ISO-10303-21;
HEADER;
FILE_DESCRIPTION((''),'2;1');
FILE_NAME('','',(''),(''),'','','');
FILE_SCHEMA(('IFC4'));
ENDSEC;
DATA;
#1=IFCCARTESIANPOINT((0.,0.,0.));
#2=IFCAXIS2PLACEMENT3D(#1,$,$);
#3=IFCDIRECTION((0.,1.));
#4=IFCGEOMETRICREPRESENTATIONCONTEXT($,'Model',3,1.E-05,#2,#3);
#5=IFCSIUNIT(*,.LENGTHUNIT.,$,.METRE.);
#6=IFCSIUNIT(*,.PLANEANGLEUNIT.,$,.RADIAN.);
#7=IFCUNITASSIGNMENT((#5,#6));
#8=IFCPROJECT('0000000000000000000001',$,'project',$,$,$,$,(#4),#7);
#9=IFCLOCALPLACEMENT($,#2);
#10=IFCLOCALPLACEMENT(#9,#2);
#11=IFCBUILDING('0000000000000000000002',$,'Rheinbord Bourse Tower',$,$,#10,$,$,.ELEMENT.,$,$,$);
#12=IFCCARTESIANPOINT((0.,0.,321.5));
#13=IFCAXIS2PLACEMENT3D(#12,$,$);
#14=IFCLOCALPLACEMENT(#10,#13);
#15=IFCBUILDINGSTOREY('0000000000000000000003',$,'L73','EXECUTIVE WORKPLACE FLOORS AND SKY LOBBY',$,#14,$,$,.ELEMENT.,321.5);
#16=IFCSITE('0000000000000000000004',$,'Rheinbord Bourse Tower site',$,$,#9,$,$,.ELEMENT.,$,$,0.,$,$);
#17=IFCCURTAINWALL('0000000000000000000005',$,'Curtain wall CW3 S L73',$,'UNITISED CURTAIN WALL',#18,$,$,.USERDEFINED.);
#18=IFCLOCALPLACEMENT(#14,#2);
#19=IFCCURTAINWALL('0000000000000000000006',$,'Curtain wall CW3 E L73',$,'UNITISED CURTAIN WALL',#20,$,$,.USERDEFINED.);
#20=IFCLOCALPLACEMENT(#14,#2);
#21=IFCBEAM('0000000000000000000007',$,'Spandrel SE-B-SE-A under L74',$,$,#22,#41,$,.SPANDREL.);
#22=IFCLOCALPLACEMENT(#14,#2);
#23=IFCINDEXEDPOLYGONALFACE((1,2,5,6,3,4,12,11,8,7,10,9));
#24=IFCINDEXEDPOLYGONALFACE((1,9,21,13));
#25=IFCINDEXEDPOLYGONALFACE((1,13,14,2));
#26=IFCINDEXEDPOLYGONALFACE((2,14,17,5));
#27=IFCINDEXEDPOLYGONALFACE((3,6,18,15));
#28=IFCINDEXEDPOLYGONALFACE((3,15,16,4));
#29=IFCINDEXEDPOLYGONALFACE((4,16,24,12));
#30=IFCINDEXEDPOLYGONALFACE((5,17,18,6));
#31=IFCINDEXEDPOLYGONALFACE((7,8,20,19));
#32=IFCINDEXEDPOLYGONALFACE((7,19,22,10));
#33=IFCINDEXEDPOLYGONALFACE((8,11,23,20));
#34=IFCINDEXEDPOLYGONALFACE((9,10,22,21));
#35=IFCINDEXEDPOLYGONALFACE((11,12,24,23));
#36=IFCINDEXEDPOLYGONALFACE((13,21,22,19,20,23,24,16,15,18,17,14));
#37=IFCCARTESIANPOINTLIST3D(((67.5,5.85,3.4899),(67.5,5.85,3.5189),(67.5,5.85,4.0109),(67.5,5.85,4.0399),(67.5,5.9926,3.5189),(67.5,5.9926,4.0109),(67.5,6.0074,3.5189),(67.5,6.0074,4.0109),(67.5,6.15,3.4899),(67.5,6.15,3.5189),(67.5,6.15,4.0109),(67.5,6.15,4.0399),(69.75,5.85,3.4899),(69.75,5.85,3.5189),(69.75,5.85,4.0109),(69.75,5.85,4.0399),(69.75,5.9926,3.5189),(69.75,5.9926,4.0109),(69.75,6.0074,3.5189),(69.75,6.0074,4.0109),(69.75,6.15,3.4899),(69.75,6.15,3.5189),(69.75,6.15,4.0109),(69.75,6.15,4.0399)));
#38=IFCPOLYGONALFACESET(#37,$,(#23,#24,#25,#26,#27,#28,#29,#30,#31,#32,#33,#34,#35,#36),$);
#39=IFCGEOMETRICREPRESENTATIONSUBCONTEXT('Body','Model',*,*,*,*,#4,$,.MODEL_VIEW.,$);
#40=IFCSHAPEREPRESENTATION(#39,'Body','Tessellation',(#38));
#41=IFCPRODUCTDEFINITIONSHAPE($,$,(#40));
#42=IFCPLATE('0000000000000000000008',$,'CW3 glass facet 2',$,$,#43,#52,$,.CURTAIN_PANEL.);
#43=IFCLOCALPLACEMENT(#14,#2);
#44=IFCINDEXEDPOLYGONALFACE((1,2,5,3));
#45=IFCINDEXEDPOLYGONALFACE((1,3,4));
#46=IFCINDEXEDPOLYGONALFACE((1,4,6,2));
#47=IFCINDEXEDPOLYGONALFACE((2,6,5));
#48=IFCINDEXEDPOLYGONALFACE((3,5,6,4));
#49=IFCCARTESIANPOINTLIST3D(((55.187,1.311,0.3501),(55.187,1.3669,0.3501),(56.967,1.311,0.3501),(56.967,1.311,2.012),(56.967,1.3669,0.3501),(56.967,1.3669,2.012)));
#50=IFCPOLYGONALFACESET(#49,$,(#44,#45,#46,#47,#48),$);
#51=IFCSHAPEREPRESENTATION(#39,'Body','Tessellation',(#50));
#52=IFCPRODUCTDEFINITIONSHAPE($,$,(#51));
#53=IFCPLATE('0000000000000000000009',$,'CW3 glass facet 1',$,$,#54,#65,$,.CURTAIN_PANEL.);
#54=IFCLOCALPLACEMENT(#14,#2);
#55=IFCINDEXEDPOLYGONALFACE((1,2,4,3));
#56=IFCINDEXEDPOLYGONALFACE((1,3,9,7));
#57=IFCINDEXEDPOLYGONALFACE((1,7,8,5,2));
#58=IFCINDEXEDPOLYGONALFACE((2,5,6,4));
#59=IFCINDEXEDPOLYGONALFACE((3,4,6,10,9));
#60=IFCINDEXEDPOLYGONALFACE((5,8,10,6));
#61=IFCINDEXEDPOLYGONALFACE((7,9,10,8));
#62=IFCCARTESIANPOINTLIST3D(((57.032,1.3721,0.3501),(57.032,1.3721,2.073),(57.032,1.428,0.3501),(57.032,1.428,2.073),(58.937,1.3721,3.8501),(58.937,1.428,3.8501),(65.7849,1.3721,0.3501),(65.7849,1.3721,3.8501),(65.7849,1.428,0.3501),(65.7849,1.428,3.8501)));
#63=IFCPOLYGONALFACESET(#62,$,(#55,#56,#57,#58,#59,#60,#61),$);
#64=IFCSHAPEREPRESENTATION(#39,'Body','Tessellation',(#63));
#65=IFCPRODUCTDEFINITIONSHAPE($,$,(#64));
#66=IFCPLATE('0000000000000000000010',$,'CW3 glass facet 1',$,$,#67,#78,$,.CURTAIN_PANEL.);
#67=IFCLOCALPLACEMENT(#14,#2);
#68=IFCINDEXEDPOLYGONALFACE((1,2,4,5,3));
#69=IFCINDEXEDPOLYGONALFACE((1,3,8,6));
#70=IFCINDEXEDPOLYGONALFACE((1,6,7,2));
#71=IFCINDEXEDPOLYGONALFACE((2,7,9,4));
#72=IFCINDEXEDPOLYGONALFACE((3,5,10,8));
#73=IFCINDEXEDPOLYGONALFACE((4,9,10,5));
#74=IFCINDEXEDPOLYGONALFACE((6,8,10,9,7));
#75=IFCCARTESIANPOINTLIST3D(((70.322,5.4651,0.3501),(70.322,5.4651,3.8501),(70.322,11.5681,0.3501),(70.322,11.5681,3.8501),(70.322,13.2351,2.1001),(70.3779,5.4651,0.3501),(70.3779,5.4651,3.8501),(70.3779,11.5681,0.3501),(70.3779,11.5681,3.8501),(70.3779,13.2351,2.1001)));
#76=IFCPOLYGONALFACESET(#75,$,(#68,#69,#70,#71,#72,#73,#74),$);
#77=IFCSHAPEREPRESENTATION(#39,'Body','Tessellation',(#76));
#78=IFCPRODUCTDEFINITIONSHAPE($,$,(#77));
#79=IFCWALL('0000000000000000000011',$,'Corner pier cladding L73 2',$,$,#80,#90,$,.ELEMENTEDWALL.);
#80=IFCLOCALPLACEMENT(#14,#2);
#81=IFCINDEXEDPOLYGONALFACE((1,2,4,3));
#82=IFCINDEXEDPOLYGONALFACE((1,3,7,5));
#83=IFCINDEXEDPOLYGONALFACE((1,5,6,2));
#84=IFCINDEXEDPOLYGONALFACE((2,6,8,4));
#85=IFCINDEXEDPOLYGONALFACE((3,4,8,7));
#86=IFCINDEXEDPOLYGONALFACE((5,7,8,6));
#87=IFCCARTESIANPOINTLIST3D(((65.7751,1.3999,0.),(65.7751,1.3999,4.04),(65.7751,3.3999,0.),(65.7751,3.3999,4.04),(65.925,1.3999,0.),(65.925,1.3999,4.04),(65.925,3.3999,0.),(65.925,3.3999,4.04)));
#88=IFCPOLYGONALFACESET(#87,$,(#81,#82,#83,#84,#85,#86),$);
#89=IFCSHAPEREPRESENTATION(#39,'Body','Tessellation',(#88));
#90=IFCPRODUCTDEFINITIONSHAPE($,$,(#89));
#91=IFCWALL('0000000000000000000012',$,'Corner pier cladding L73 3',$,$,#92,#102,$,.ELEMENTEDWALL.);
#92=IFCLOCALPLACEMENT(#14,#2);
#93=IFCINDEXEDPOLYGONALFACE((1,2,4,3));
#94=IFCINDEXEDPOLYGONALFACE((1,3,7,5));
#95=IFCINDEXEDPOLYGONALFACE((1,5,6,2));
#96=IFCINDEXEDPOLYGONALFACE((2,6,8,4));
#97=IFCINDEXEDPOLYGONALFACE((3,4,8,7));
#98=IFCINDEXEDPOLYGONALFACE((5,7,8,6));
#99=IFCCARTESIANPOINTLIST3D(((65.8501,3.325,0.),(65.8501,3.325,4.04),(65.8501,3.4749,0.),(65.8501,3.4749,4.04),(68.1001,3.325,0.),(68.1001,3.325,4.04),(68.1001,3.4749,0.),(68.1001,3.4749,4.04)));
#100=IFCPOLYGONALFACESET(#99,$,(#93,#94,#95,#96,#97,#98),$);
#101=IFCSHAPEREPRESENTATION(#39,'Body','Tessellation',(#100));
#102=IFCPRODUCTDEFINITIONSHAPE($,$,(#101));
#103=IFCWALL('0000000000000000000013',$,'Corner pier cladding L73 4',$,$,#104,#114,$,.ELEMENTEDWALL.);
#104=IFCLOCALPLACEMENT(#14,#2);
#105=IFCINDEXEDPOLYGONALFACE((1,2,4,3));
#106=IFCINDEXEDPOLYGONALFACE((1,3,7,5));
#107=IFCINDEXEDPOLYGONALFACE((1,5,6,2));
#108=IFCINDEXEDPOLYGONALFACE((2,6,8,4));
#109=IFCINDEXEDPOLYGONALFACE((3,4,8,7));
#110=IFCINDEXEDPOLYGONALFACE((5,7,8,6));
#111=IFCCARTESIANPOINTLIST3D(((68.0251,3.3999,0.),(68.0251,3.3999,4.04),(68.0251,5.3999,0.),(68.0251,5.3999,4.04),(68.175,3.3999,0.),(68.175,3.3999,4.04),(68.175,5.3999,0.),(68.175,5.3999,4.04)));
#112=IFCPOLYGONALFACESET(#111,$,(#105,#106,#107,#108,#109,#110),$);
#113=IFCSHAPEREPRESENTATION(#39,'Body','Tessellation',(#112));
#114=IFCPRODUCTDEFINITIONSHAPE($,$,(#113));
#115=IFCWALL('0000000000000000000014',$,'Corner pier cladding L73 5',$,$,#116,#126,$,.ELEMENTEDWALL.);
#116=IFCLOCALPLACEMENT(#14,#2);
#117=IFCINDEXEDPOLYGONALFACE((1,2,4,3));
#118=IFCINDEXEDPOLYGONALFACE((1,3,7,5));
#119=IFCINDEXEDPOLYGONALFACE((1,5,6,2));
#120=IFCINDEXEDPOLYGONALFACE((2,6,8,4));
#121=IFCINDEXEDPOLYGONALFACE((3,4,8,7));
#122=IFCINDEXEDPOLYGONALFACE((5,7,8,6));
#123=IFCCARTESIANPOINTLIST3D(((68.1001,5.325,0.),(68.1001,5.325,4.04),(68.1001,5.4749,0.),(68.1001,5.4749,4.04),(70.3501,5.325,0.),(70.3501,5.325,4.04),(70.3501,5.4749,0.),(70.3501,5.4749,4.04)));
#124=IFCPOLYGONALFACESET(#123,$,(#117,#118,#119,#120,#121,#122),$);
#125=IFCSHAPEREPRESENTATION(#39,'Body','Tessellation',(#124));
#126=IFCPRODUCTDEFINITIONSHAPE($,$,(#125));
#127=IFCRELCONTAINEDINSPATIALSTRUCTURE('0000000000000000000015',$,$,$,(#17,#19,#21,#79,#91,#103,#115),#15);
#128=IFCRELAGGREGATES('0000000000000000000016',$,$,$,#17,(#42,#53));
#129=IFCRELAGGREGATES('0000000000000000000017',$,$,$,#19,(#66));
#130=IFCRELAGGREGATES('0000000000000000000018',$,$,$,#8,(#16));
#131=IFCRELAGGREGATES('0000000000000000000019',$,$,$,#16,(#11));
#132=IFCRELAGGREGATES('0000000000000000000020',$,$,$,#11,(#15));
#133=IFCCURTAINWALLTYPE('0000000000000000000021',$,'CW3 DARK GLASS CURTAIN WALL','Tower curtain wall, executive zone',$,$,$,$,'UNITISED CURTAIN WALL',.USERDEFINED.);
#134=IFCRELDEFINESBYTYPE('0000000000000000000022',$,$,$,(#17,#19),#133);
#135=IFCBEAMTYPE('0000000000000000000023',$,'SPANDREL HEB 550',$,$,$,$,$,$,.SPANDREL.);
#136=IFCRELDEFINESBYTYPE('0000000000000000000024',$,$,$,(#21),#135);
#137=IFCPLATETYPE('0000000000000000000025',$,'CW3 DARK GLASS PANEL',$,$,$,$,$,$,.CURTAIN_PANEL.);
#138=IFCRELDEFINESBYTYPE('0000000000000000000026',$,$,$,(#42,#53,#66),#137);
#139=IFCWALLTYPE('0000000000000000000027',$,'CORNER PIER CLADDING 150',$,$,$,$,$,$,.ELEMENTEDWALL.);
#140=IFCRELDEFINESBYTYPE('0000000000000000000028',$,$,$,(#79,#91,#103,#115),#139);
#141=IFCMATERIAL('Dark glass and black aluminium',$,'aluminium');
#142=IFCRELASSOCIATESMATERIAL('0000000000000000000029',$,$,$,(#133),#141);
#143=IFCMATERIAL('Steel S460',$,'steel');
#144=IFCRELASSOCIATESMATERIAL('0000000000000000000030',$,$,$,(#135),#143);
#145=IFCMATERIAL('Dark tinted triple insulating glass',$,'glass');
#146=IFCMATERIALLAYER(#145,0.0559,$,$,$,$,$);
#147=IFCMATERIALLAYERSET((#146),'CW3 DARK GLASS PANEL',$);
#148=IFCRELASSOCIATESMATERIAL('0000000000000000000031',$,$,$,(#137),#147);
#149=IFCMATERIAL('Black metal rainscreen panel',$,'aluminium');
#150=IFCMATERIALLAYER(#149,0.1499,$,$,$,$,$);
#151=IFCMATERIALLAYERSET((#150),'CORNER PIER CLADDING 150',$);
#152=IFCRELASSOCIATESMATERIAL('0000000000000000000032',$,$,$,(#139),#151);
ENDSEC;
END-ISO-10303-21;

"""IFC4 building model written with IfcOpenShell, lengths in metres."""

from ifc_helpers import new_model, si_unit, direction, frame, frame_2d, origin, origin_2d, place, context, subcontext, project, spatial, polyline, rectangle, i_section, outline, extrude, material, layer, layer_set, material_profile, profile_set, type_object, element, aggregate, save


model = new_model("IFC4")

# Units and contexts
model_context = context("Model", 3, precision=1e-05, world=origin(), true_north=direction((0.0, 1.0)))
body_context = subcontext(model_context, "Body", "Model", "MODEL_VIEW")
ifc_project = project(units=[si_unit("LENGTHUNIT", "METRE"), si_unit("PLANEANGLEUNIT", "RADIAN")], contexts=[model_context])

# Site, building, storey
site_placement = place(None, origin())
site = spatial("IfcSite", under=ifc_project, at=site_placement, Name="Rheinbord Bourse Tower site", CompositionType="ELEMENT", RefElevation=0.0)
building_placement = place(site_placement, origin())
building = spatial("IfcBuilding", under=site, at=building_placement, Name="Rheinbord Bourse Tower", CompositionType="ELEMENT")
storey_placement = place(building_placement, frame((0.0, 0.0, 321.5)))
storey = spatial("IfcBuildingStorey", under=building, at=storey_placement, Name="L73", Description="EXECUTIVE WORKPLACE FLOORS AND SKY LOBBY", CompositionType="ELEMENT", Elevation=321.5)

# Curtain wall
ifc_material_1 = material(Name="Dark glass and black aluminium", Category="aluminium")
curtain_wall_type = type_object("IfcCurtainWallType", Name="CW3 DARK GLASS CURTAIN WALL", Description="Tower curtain wall, executive zone", ElementType="UNITISED CURTAIN WALL", PredefinedType="USERDEFINED", material=ifc_material_1)
curtain_wall_1_placement = place(storey_placement, origin())
curtain_wall_1 = element("IfcCurtainWall", 1, at=curtain_wall_1_placement, inside=storey, type_object=curtain_wall_type, Name="Curtain wall CW3 S L73", ObjectType="UNITISED CURTAIN WALL", PredefinedType="USERDEFINED")

# Curtain wall
curtain_wall_2_placement = place(storey_placement, origin())
curtain_wall_2 = element("IfcCurtainWall", 2, at=curtain_wall_2_placement, inside=storey, type_object=curtain_wall_type, Name="Curtain wall CW3 E L73", ObjectType="UNITISED CURTAIN WALL", PredefinedType="USERDEFINED")

# Beam
ifc_material_2 = material(Name="Steel S460", Category="steel")
ifc_material_profile_1 = material_profile(ifc_material_2, i_section(OverallWidth=0.3, OverallDepth=0.55, WebThickness=0.0149, FlangeThickness=0.0291, at=origin_2d()), Name="HEB 550")
ifc_profile_set_1 = profile_set([ifc_material_profile_1], Name="Steel S460")
beam_type_1 = type_object("IfcBeamType", Name="SPANDREL HEB 550", PredefinedType="SPANDREL", material=ifc_profile_set_1)
beam_1_placement = place(storey_placement, frame((67.5, 6.0, 3.7649), z_axis=(1.0, 0.0, 0.0), x_axis=(0.0, 1.0, 0.0)))
element("IfcBeam", 3, at=beam_1_placement, inside=storey, type_object=beam_type_1, Name="Spandrel SE-B-SE-A under L74", PredefinedType="SPANDREL", context=body_context, shape_type="SweptSolid", body=[
    extrude(i_section(OverallWidth=0.3, OverallDepth=0.55, WebThickness=0.0149, FlangeThickness=0.0291, at=origin_2d()), origin(), (0.0, 0.0, 1.0), 2.25),
])

# Plates
ifc_material_3 = material(Name="Dark tinted triple insulating glass", Category="glass")
ifc_layer_1 = layer(ifc_material_3, 0.0559)
ifc_layer_set_1 = layer_set([ifc_layer_1], Name="CW3 DARK GLASS PANEL")
plate_type = type_object("IfcPlateType", Name="CW3 DARK GLASS PANEL", PredefinedType="CURTAIN_PANEL", material=ifc_layer_set_1)
plate_1_placement = place(storey_placement, frame((56.967, 1.311, 0.3501), z_axis=(0.0, 1.0, 0.0), x_axis=(-1.0, 0.0, 0.0)))
plate_1 = element("IfcPlate", 4, at=plate_1_placement, type_object=plate_type, Name="CW3 glass facet 2", PredefinedType="CURTAIN_PANEL", context=body_context, shape_type="SweptSolid", body=[
    extrude(outline(polyline([(0.0, 0.0), (1.78, 0.0), (0.0, 1.6619), (0.0, 0.0)])), origin(), (0.0, 0.0, 1.0), 0.0559),
])
plate_2_placement = place(storey_placement, frame((65.7849, 1.3721, 3.8501), z_axis=(0.0, 1.0, 0.0), x_axis=(0.0, 0.0, -1.0)))
plate_2 = element("IfcPlate", 5, at=plate_2_placement, type_object=plate_type, Name="CW3 glass facet 1", PredefinedType="CURTAIN_PANEL", context=body_context, shape_type="SweptSolid", body=[
    extrude(outline(polyline([(0.0, 0.0), (3.5, 0.0), (3.5, 8.7529), (1.7771, 8.7529), (0.0, 6.8479), (0.0, 0.0)])), origin(), (0.0, 0.0, 1.0), 0.0559),
])
aggregate(curtain_wall_1, [plate_1, plate_2])
plate_3_placement = place(storey_placement, frame((70.3779, 5.4651, 0.3501), z_axis=(-1.0, 0.0, 0.0), x_axis=(0.0, 0.0, 1.0)))
plate_3 = element("IfcPlate", 6, at=plate_3_placement, type_object=plate_type, Name="CW3 glass facet 1", PredefinedType="CURTAIN_PANEL", context=body_context, shape_type="SweptSolid", body=[
    extrude(outline(polyline([(0.0, 0.0), (3.5, 0.0), (3.5, 6.103), (1.75, 7.77), (0.0, 6.103), (0.0, 0.0)])), origin(), (0.0, 0.0, 1.0), 0.0559),
])
aggregate(curtain_wall_2, [plate_3])

# Walls
ifc_material_4 = material(Name="Black metal rainscreen panel", Category="aluminium")
ifc_layer_2 = layer(ifc_material_4, 0.1499)
ifc_layer_set_2 = layer_set([ifc_layer_2], Name="CORNER PIER CLADDING 150")
wall_type = type_object("IfcWallType", Name="CORNER PIER CLADDING 150", PredefinedType="ELEMENTEDWALL", material=ifc_layer_set_2)
wall_1_placement = place(storey_placement, frame((65.8501, 1.3999, 0.0), z_axis=(0.0, 0.0, 1.0), x_axis=(0.0, 1.0, 0.0)))
element("IfcWall", 7, at=wall_1_placement, inside=storey, type_object=wall_type, Name="Corner pier cladding L73 2", PredefinedType="ELEMENTEDWALL", context=body_context, shape_type="SweptSolid", body=[
    extrude(rectangle(XDim=2.0, YDim=0.1499, at=frame_2d((1.0, 0.0))), origin(), (0.0, 0.0, 1.0), 4.04),
])
wall_2_placement = place(storey_placement, frame((65.8501, 3.3999, 0.0), z_axis=(0.0, 0.0, 1.0), x_axis=(1.0, 0.0, 0.0)))
element("IfcWall", 8, at=wall_2_placement, inside=storey, type_object=wall_type, Name="Corner pier cladding L73 3", PredefinedType="ELEMENTEDWALL", context=body_context, shape_type="SweptSolid", body=[
    extrude(rectangle(XDim=2.25, YDim=0.1499, at=frame_2d((1.125, 0.0))), origin(), (0.0, 0.0, 1.0), 4.04),
])
wall_3_placement = place(storey_placement, frame((68.1001, 3.3999, 0.0), z_axis=(0.0, 0.0, 1.0), x_axis=(0.0, 1.0, 0.0)))
element("IfcWall", 9, at=wall_3_placement, inside=storey, type_object=wall_type, Name="Corner pier cladding L73 4", PredefinedType="ELEMENTEDWALL", context=body_context, shape_type="SweptSolid", body=[
    extrude(rectangle(XDim=2.0, YDim=0.1499, at=frame_2d((1.0, 0.0))), origin(), (0.0, 0.0, 1.0), 4.04),
])
wall_4_placement = place(storey_placement, frame((68.1001, 5.3999, 0.0), z_axis=(0.0, 0.0, 1.0), x_axis=(1.0, 0.0, 0.0)))
element("IfcWall", 10, at=wall_4_placement, inside=storey, type_object=wall_type, Name="Corner pier cladding L73 5", PredefinedType="ELEMENTEDWALL", context=body_context, shape_type="SweptSolid", body=[
    extrude(rectangle(XDim=2.25, YDim=0.1499, at=frame_2d((1.125, 0.0))), origin(), (0.0, 0.0, 1.0), 4.04),
])

save(model, "model.ifc")
